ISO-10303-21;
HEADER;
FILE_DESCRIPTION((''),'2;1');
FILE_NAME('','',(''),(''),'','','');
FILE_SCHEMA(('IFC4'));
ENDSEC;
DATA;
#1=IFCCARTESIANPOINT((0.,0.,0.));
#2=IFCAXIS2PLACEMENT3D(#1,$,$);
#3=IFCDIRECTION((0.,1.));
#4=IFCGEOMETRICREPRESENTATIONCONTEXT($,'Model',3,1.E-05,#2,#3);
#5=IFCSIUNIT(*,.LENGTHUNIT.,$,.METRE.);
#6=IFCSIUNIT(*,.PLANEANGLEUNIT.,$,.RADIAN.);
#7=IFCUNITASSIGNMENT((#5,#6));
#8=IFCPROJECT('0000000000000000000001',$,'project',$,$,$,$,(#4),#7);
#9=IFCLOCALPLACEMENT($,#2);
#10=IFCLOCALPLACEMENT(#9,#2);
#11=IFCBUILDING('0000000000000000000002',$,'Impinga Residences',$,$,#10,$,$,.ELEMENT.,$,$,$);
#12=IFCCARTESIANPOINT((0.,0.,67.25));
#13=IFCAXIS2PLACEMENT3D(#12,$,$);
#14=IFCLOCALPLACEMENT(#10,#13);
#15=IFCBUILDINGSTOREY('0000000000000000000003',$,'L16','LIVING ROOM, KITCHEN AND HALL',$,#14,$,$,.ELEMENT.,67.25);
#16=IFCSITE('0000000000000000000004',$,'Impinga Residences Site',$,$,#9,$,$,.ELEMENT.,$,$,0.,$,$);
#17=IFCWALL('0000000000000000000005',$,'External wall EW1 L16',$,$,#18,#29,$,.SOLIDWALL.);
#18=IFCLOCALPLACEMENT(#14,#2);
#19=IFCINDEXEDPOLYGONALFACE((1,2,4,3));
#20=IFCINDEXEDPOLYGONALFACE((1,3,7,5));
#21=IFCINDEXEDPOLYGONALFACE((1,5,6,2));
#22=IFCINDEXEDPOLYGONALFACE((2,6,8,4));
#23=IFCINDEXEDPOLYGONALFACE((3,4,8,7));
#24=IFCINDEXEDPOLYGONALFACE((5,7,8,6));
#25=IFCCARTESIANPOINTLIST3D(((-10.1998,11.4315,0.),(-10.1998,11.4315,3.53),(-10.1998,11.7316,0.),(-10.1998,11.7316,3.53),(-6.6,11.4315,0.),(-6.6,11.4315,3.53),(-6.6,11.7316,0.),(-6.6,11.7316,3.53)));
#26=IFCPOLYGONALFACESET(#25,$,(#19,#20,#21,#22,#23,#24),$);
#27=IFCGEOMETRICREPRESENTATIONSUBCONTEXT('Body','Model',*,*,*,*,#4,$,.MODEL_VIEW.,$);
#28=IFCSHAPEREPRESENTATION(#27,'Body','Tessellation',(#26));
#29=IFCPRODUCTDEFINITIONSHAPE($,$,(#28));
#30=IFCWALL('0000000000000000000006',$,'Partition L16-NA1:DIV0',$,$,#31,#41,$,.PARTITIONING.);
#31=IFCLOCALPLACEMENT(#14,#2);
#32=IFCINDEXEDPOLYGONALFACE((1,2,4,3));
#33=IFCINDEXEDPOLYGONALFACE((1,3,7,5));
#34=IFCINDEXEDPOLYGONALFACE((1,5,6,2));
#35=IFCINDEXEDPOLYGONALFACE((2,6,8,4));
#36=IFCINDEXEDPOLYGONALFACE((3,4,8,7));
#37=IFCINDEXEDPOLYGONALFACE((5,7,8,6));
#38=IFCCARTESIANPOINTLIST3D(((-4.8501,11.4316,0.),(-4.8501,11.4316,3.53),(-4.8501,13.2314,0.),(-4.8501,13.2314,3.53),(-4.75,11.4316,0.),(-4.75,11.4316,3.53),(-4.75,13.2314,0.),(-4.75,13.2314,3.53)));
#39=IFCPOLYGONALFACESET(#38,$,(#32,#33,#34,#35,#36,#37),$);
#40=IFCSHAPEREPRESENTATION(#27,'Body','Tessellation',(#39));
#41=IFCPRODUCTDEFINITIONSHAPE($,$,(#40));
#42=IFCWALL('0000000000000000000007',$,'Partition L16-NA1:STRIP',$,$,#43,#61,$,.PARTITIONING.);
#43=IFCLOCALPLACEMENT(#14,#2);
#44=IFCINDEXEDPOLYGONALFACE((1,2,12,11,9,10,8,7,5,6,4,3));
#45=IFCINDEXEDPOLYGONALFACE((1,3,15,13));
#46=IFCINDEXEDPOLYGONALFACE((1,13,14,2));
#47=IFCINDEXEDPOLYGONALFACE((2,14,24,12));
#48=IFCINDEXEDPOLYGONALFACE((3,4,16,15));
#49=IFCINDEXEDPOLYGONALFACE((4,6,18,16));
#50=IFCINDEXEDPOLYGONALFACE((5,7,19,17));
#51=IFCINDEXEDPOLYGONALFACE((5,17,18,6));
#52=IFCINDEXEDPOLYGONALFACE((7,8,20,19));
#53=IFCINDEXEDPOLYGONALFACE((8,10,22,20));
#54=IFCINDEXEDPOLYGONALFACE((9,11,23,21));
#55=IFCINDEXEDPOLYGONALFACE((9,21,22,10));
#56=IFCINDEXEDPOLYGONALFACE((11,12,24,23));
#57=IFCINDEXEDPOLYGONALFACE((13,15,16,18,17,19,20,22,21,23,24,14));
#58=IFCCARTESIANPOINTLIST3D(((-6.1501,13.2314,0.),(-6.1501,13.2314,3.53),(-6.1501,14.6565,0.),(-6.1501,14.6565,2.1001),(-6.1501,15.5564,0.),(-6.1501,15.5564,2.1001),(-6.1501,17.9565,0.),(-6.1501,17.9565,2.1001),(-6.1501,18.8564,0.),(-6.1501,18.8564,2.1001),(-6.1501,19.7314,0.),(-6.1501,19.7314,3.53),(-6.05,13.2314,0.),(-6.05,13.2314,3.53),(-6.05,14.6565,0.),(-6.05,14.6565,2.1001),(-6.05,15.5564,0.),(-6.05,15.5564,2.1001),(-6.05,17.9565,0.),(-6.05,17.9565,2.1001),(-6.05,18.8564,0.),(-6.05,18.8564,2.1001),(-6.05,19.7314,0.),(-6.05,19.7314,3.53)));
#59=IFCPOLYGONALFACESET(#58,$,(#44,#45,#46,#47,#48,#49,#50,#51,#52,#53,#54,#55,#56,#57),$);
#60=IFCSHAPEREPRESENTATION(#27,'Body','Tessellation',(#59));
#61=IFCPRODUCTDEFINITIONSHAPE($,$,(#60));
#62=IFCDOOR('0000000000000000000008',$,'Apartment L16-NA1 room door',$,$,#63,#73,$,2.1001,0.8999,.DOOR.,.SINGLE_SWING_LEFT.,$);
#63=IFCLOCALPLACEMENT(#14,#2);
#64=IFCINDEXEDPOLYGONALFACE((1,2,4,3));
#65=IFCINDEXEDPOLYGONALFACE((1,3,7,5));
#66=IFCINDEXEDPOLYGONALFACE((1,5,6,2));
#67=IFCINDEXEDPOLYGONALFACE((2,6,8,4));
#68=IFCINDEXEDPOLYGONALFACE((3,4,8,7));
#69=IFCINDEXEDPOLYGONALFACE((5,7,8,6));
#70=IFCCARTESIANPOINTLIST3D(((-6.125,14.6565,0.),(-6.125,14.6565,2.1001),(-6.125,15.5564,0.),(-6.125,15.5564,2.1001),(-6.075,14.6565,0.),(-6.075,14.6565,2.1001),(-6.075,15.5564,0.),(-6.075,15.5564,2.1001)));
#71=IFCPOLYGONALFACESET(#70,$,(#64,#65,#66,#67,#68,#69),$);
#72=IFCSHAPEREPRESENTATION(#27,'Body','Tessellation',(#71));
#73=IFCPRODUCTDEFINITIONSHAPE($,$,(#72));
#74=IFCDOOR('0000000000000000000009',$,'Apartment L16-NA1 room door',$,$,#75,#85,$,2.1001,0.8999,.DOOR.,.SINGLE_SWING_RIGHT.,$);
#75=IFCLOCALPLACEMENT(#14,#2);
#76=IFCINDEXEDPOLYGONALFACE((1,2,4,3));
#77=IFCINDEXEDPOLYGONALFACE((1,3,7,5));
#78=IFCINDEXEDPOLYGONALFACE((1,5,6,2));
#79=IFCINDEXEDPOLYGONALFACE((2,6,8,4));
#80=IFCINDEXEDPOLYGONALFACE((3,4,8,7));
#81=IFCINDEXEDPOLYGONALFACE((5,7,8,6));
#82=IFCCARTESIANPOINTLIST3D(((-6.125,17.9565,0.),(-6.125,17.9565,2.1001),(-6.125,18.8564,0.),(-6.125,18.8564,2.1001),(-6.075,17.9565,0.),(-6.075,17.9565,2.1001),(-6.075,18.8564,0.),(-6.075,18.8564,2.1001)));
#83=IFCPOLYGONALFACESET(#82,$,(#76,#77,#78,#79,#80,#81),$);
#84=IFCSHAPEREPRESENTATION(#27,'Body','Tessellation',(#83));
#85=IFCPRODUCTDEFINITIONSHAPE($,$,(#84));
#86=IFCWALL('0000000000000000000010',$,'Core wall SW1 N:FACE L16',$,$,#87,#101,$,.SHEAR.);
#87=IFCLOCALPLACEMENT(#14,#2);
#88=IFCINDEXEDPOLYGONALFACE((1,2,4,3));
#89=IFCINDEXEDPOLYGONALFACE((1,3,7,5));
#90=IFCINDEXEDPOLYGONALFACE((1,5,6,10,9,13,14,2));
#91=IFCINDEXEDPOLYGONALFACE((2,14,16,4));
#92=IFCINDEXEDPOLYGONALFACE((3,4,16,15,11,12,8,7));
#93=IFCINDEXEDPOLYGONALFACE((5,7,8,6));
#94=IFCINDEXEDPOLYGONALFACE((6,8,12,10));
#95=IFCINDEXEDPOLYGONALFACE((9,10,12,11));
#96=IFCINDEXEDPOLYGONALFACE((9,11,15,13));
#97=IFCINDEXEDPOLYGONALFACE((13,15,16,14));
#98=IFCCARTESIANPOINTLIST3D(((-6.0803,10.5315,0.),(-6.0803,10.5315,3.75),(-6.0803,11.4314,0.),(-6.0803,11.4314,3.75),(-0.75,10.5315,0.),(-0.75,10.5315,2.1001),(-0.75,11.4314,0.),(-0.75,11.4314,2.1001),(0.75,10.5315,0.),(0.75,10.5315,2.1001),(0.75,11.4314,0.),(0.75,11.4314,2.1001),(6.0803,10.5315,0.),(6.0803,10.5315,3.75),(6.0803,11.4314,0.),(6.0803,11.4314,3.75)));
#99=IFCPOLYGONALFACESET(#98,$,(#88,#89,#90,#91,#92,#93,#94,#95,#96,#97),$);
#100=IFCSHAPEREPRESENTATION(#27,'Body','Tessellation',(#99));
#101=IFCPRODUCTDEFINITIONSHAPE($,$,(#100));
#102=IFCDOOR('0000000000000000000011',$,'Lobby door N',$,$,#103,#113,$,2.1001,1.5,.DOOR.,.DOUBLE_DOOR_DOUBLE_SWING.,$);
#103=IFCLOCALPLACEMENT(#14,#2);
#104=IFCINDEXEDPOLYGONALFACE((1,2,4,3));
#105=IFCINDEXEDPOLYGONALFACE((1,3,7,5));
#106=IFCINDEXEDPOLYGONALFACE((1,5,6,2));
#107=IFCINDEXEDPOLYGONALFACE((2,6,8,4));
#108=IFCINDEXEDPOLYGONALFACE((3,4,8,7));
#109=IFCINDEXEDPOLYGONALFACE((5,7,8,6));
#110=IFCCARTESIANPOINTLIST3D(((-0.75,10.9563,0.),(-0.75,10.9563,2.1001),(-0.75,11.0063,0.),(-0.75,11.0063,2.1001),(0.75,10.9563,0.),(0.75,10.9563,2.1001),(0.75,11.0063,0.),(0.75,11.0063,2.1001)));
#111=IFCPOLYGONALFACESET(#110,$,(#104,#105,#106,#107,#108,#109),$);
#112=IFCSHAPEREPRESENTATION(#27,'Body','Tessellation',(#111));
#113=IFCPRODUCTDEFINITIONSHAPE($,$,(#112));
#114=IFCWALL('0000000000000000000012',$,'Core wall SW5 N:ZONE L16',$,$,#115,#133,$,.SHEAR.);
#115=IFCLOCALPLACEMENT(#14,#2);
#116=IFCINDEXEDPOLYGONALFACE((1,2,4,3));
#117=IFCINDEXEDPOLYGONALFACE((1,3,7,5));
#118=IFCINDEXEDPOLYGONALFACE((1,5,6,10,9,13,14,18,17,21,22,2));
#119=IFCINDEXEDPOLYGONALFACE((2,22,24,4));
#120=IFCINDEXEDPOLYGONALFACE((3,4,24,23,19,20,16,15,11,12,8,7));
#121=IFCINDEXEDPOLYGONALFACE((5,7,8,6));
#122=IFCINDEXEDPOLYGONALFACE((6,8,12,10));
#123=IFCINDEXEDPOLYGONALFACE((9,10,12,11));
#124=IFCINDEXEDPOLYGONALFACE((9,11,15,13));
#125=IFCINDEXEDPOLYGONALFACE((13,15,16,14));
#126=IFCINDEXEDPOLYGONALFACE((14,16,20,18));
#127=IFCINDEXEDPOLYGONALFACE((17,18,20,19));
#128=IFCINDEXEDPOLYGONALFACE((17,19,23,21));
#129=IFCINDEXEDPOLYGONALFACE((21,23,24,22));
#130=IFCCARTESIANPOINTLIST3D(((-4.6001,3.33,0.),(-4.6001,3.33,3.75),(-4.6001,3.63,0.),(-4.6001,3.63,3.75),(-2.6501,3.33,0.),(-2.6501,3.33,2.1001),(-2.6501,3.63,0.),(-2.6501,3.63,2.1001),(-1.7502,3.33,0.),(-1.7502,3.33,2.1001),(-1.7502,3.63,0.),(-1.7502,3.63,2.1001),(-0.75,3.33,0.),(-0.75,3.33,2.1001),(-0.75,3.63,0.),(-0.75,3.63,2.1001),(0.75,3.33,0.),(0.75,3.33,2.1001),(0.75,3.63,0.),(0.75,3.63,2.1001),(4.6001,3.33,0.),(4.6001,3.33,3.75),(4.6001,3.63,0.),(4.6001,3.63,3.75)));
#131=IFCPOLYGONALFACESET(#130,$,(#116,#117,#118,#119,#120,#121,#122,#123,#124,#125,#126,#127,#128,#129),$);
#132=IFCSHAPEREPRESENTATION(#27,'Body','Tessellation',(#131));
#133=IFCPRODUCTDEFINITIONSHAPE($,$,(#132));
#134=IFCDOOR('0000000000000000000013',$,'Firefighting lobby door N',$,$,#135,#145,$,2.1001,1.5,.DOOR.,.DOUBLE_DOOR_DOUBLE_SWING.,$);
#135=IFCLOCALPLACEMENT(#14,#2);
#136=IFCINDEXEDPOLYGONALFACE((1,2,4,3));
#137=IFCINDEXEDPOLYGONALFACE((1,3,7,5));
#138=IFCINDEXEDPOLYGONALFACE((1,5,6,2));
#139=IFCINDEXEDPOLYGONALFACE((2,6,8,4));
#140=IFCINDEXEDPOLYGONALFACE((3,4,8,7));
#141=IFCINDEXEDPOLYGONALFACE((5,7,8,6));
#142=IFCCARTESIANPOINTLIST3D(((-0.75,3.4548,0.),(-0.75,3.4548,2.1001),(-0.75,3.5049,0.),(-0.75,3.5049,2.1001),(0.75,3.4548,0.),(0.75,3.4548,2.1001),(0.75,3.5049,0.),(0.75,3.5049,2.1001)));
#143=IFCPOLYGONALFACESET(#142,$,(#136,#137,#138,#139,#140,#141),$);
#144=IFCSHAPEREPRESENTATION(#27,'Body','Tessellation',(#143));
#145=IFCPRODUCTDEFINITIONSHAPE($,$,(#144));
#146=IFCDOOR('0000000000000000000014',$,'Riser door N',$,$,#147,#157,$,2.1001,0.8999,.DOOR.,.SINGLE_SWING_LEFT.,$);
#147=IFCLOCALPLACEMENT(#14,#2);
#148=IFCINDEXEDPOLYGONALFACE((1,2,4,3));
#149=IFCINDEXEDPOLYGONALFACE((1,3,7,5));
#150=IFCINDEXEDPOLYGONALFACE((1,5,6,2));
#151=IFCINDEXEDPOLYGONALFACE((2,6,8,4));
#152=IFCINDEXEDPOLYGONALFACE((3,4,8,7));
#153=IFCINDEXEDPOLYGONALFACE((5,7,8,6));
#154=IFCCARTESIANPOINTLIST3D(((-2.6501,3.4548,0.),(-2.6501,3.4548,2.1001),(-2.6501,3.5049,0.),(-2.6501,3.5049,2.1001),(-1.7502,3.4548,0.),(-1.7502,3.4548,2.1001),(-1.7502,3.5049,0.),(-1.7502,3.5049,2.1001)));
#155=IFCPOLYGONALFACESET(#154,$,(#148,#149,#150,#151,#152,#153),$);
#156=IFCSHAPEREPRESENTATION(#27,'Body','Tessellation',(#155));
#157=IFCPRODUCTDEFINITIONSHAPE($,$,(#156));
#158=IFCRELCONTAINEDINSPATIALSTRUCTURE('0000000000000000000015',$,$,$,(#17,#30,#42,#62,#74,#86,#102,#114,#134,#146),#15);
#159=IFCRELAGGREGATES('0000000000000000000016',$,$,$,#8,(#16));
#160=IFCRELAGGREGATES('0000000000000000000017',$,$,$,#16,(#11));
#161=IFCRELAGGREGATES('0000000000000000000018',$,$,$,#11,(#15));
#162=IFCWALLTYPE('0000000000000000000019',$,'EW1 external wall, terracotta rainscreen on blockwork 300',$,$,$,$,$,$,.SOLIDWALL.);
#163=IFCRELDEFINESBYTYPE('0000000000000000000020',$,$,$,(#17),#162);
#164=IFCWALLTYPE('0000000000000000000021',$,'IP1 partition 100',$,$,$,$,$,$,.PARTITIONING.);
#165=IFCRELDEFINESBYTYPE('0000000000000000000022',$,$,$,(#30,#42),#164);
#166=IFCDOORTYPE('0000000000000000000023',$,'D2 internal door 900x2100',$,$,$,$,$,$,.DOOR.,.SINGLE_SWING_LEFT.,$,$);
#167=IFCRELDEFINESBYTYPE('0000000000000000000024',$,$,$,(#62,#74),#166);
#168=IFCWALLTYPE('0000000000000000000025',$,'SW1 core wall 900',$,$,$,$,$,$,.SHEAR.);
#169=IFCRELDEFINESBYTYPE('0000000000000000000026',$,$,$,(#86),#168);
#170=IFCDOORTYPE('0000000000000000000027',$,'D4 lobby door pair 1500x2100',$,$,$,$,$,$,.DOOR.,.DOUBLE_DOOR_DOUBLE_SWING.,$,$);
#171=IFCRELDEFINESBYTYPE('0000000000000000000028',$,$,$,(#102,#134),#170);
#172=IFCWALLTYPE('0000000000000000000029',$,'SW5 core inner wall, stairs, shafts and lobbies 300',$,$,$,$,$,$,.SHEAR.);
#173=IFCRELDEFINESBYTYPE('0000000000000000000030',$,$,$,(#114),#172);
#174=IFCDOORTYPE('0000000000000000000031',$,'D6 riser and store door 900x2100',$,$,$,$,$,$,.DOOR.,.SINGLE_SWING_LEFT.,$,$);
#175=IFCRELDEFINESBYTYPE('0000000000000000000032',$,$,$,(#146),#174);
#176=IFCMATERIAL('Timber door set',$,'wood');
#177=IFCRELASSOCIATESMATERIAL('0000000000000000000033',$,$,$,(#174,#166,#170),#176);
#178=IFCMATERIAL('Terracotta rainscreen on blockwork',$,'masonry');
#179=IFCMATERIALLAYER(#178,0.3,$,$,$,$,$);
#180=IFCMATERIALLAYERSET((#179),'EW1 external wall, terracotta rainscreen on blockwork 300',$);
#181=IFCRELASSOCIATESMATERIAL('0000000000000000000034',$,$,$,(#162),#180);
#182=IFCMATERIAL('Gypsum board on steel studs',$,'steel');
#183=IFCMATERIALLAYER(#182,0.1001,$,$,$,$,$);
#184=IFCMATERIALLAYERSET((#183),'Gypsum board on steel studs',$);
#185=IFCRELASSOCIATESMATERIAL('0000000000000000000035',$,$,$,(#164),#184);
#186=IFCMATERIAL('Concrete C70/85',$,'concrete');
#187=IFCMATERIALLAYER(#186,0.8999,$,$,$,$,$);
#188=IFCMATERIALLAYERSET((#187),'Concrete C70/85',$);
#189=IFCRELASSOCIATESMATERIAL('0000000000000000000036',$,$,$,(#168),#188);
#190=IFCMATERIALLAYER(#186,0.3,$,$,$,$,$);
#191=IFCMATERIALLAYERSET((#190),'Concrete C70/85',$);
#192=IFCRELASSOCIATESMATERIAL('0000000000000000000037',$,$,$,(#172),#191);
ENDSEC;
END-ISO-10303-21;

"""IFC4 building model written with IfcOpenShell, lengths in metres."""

from ifc_helpers import new_model, si_unit, direction, frame, frame_2d, origin, place, context, subcontext, project, spatial, rectangle, extrude, material, layer, layer_set, type_object, element, fill, save


model = new_model("IFC4")

# Units and contexts
model_context = context("Model", 3, precision=1e-05, world=origin(), true_north=direction((0.0, 1.0)))
body_context = subcontext(model_context, "Body", "Model", "MODEL_VIEW")
ifc_project = project(units=[si_unit("LENGTHUNIT", "METRE"), si_unit("PLANEANGLEUNIT", "RADIAN")], contexts=[model_context])

# Site, building, storey
site_placement = place(None, origin())
site = spatial("IfcSite", under=ifc_project, at=site_placement, Name="Impinga Residences Site", CompositionType="ELEMENT", RefElevation=0.0)
building_placement = place(site_placement, origin())
building = spatial("IfcBuilding", under=site, at=building_placement, Name="Impinga Residences", CompositionType="ELEMENT")
storey_placement = place(building_placement, frame((0.0, 0.0, 67.25)))
storey = spatial("IfcBuildingStorey", under=building, at=storey_placement, Name="L16", Description="LIVING ROOM, KITCHEN AND HALL", CompositionType="ELEMENT", Elevation=67.25)

# Shared definitions
ifc_material_1 = material(Name="Concrete C70/85", Category="concrete")
ifc_material_2 = material(Name="Timber door set", Category="wood")
door_type_1 = type_object("IfcDoorType", Name="D6 riser and store door 900x2100", OperationType="SINGLE_SWING_LEFT", PredefinedType="DOOR", material=ifc_material_2)

# Walls
ifc_material_3 = material(Name="Terracotta rainscreen on blockwork", Category="masonry")
ifc_layer_1 = layer(ifc_material_3, 0.3)
ifc_layer_set_1 = layer_set([ifc_layer_1], Name="EW1 external wall, terracotta rainscreen on blockwork 300")
wall_type_1 = type_object("IfcWallType", Name="EW1 external wall, terracotta rainscreen on blockwork 300", PredefinedType="SOLIDWALL", material=ifc_layer_set_1)
wall_1_placement = place(storey_placement, frame((-6.6001, 11.5815, 0.0), z_axis=(0.0, 0.0, 1.0), x_axis=(-1.0, 0.0, 0.0)))
element("IfcWall", 1, at=wall_1_placement, inside=storey, type_object=wall_type_1, Name="External wall EW1 L16", PredefinedType="SOLIDWALL", context=body_context, shape_type="SweptSolid", body=[
    extrude(rectangle(XDim=3.5999, YDim=0.3, at=frame_2d((1.7998, 0.0))), origin(), (0.0, 0.0, 1.0), 3.53),
])
ifc_material_4 = material(Name="Gypsum board on steel studs", Category="steel")
ifc_layer_2 = layer(ifc_material_4, 0.1001)
ifc_layer_set_2 = layer_set([ifc_layer_2], Name="Gypsum board on steel studs")
wall_type_2 = type_object("IfcWallType", Name="IP1 partition 100", PredefinedType="PARTITIONING", material=ifc_layer_set_2)
wall_2_placement = place(storey_placement, frame((-4.8, 11.4316, 0.0), z_axis=(0.0, 0.0, 1.0), x_axis=(0.0, 1.0, 0.0)))
element("IfcWall", 2, at=wall_2_placement, inside=storey, type_object=wall_type_2, Name="Partition L16-NA1:DIV0", PredefinedType="PARTITIONING", context=body_context, shape_type="SweptSolid", body=[
    extrude(rectangle(XDim=1.7998, YDim=0.1001, at=frame_2d((0.8999, 0.0))), origin(), (0.0, 0.0, 1.0), 3.53),
])

# Wall, openings, doors
wall_3_placement = place(storey_placement, frame((-6.1001, 13.2314, 0.0), z_axis=(0.0, 0.0, 1.0), x_axis=(0.0, 1.0, 0.0)))
wall_3 = element("IfcWall", 3, at=wall_3_placement, inside=storey, type_object=wall_type_2, Name="Partition L16-NA1:STRIP", PredefinedType="PARTITIONING", context=body_context, shape_type="SweptSolid", body=[
    extrude(rectangle(XDim=6.5, YDim=0.1001, at=frame_2d((3.25, 0.0))), origin(), (0.0, 0.0, 1.0), 3.53),
])
opening_1_placement = place(wall_3_placement, frame((1.425, 0.0, 0.0)))
opening_1 = element("IfcOpeningElement", 4, at=opening_1_placement, cuts=wall_3, PredefinedType="OPENING", context=body_context, shape_type="SweptSolid", body=[
    extrude(rectangle(XDim=0.8999, YDim=2.1001, at=frame_2d((0.45, 1.05))), frame((0.0, 0.0601, 0.0), z_axis=(0.0, -1.0, 0.0), x_axis=(1.0, 0.0, 0.0)), (0.0, 0.0, 1.0), 0.1201),
])
opening_2_placement = place(wall_3_placement, frame((4.7251, 0.0, 0.0)))
opening_2 = element("IfcOpeningElement", 5, at=opening_2_placement, cuts=wall_3, PredefinedType="OPENING", context=body_context, shape_type="SweptSolid", body=[
    extrude(rectangle(XDim=0.8999, YDim=2.1001, at=frame_2d((0.45, 1.05))), frame((0.0, 0.0601, 0.0), z_axis=(0.0, -1.0, 0.0), x_axis=(1.0, 0.0, 0.0)), (0.0, 0.0, 1.0), 0.1201),
])
door_type_2 = type_object("IfcDoorType", Name="D2 internal door 900x2100", OperationType="SINGLE_SWING_LEFT", PredefinedType="DOOR", material=ifc_material_2)
door_1_placement = place(opening_1_placement, origin())
door_1 = element("IfcDoor", 6, at=door_1_placement, inside=storey, type_object=door_type_2, Name="Apartment L16-NA1 room door", OperationType="SINGLE_SWING_LEFT", OverallHeight=2.1001, OverallWidth=0.8999, PredefinedType="DOOR", context=body_context, shape_type="SweptSolid", body=[
    extrude(rectangle(XDim=0.8999, YDim=2.1001, at=frame_2d((0.45, 1.05))), frame((0.0, 0.0249, 0.0), z_axis=(0.0, -1.0, 0.0), x_axis=(1.0, 0.0, 0.0)), (0.0, 0.0, 1.0), 0.05),
])
fill(opening_1, door_1)
door_2_placement = place(opening_2_placement, origin())
door_2 = element("IfcDoor", 7, at=door_2_placement, inside=storey, type_object=door_type_2, Name="Apartment L16-NA1 room door", OperationType="SINGLE_SWING_RIGHT", OverallHeight=2.1001, OverallWidth=0.8999, PredefinedType="DOOR", context=body_context, shape_type="SweptSolid", body=[
    extrude(rectangle(XDim=0.8999, YDim=2.1001, at=frame_2d((0.45, 1.05))), frame((0.0, 0.0249, 0.0), z_axis=(0.0, -1.0, 0.0), x_axis=(1.0, 0.0, 0.0)), (0.0, 0.0, 1.0), 0.05),
])
fill(opening_2, door_2)

# Wall, opening, door
ifc_layer_3 = layer(ifc_material_1, 0.8999)
ifc_layer_set_3 = layer_set([ifc_layer_3], Name="Concrete C70/85")
wall_type_3 = type_object("IfcWallType", Name="SW1 core wall 900", PredefinedType="SHEAR", material=ifc_layer_set_3)
wall_4_placement = place(storey_placement, frame((-6.0803, 10.9814, 0.0), z_axis=(0.0, 0.0, 1.0), x_axis=(1.0, 0.0, 0.0)))
wall_4 = element("IfcWall", 8, at=wall_4_placement, inside=storey, type_object=wall_type_3, Name="Core wall SW1 N:FACE L16", PredefinedType="SHEAR", context=body_context, shape_type="SweptSolid", body=[
    extrude(rectangle(XDim=12.1606, YDim=0.8999, at=frame_2d((6.0803, 0.0))), origin(), (0.0, 0.0, 1.0), 3.75),
])
opening_3_placement = place(wall_4_placement, frame((5.3303, 0.0, 0.0)))
opening_3 = element("IfcOpeningElement", 9, at=opening_3_placement, cuts=wall_4, PredefinedType="OPENING", context=body_context, shape_type="SweptSolid", body=[
    extrude(rectangle(XDim=1.5, YDim=2.1001, at=frame_2d((0.75, 1.05))), frame((0.0, 0.46, 0.0), z_axis=(0.0, -1.0, 0.0), x_axis=(1.0, 0.0, 0.0)), (0.0, 0.0, 1.0), 0.9199),
])
door_type_3 = type_object("IfcDoorType", Name="D4 lobby door pair 1500x2100", OperationType="DOUBLE_DOOR_DOUBLE_SWING", PredefinedType="DOOR", material=ifc_material_2)
door_3_placement = place(opening_3_placement, origin())
door_3 = element("IfcDoor", 10, at=door_3_placement, inside=storey, type_object=door_type_3, Name="Lobby door N", OperationType="DOUBLE_DOOR_DOUBLE_SWING", OverallHeight=2.1001, OverallWidth=1.5, PredefinedType="DOOR", context=body_context, shape_type="SweptSolid", body=[
    extrude(rectangle(XDim=1.5, YDim=2.1001, at=frame_2d((0.75, 1.05))), frame((0.0, 0.0249, 0.0), z_axis=(0.0, -1.0, 0.0), x_axis=(1.0, 0.0, 0.0)), (0.0, 0.0, 1.0), 0.05),
])
fill(opening_3, door_3)

# Wall, openings, doors
ifc_layer_4 = layer(ifc_material_1, 0.3)
ifc_layer_set_4 = layer_set([ifc_layer_4], Name="Concrete C70/85")
wall_type_4 = type_object("IfcWallType", Name="SW5 core inner wall, stairs, shafts and lobbies 300", PredefinedType="SHEAR", material=ifc_layer_set_4)
wall_5_placement = place(storey_placement, frame((-4.6001, 3.48, 0.0), z_axis=(0.0, 0.0, 1.0), x_axis=(1.0, 0.0, 0.0)))
wall_5 = element("IfcWall", 11, at=wall_5_placement, inside=storey, type_object=wall_type_4, Name="Core wall SW5 N:ZONE L16", PredefinedType="SHEAR", context=body_context, shape_type="SweptSolid", body=[
    extrude(rectangle(XDim=9.2002, YDim=0.3, at=frame_2d((4.6001, 0.0))), origin(), (0.0, 0.0, 1.0), 3.75),
])
opening_4_placement = place(wall_5_placement, frame((3.8501, 0.0, 0.0)))
opening_4 = element("IfcOpeningElement", 12, at=opening_4_placement, cuts=wall_5, PredefinedType="OPENING", context=body_context, shape_type="SweptSolid", body=[
    extrude(rectangle(XDim=1.5, YDim=2.1001, at=frame_2d((0.75, 1.05))), frame((0.0, 0.1599, 0.0), z_axis=(0.0, -1.0, 0.0), x_axis=(1.0, 0.0, 0.0)), (0.0, 0.0, 1.0), 0.3201),
])
opening_5_placement = place(wall_5_placement, frame((1.95, 0.0, 0.0)))
opening_5 = element("IfcOpeningElement", 13, at=opening_5_placement, cuts=wall_5, PredefinedType="OPENING", context=body_context, shape_type="SweptSolid", body=[
    extrude(rectangle(XDim=0.8999, YDim=2.1001, at=frame_2d((0.45, 1.05))), frame((0.0, 0.1599, 0.0), z_axis=(0.0, -1.0, 0.0), x_axis=(1.0, 0.0, 0.0)), (0.0, 0.0, 1.0), 0.3201),
])
door_4_placement = place(opening_4_placement, origin())
door_4 = element("IfcDoor", 14, at=door_4_placement, inside=storey, type_object=door_type_3, Name="Firefighting lobby door N", OperationType="DOUBLE_DOOR_DOUBLE_SWING", OverallHeight=2.1001, OverallWidth=1.5, PredefinedType="DOOR", context=body_context, shape_type="SweptSolid", body=[
    extrude(rectangle(XDim=1.5, YDim=2.1001, at=frame_2d((0.75, 1.05))), frame((0.0, 0.0249, 0.0), z_axis=(0.0, -1.0, 0.0), x_axis=(1.0, 0.0, 0.0)), (0.0, 0.0, 1.0), 0.05),
])
fill(opening_4, door_4)
door_5_placement = place(opening_5_placement, origin())
door_5 = element("IfcDoor", 15, at=door_5_placement, inside=storey, type_object=door_type_1, Name="Riser door N", OperationType="SINGLE_SWING_LEFT", OverallHeight=2.1001, OverallWidth=0.8999, PredefinedType="DOOR", context=body_context, shape_type="SweptSolid", body=[
    extrude(rectangle(XDim=0.8999, YDim=2.1001, at=frame_2d((0.45, 1.05))), frame((0.0, 0.0249, 0.0), z_axis=(0.0, -1.0, 0.0), x_axis=(1.0, 0.0, 0.0)), (0.0, 0.0, 1.0), 0.05),
])
fill(opening_5, door_5)

save(model, "model.ifc")
